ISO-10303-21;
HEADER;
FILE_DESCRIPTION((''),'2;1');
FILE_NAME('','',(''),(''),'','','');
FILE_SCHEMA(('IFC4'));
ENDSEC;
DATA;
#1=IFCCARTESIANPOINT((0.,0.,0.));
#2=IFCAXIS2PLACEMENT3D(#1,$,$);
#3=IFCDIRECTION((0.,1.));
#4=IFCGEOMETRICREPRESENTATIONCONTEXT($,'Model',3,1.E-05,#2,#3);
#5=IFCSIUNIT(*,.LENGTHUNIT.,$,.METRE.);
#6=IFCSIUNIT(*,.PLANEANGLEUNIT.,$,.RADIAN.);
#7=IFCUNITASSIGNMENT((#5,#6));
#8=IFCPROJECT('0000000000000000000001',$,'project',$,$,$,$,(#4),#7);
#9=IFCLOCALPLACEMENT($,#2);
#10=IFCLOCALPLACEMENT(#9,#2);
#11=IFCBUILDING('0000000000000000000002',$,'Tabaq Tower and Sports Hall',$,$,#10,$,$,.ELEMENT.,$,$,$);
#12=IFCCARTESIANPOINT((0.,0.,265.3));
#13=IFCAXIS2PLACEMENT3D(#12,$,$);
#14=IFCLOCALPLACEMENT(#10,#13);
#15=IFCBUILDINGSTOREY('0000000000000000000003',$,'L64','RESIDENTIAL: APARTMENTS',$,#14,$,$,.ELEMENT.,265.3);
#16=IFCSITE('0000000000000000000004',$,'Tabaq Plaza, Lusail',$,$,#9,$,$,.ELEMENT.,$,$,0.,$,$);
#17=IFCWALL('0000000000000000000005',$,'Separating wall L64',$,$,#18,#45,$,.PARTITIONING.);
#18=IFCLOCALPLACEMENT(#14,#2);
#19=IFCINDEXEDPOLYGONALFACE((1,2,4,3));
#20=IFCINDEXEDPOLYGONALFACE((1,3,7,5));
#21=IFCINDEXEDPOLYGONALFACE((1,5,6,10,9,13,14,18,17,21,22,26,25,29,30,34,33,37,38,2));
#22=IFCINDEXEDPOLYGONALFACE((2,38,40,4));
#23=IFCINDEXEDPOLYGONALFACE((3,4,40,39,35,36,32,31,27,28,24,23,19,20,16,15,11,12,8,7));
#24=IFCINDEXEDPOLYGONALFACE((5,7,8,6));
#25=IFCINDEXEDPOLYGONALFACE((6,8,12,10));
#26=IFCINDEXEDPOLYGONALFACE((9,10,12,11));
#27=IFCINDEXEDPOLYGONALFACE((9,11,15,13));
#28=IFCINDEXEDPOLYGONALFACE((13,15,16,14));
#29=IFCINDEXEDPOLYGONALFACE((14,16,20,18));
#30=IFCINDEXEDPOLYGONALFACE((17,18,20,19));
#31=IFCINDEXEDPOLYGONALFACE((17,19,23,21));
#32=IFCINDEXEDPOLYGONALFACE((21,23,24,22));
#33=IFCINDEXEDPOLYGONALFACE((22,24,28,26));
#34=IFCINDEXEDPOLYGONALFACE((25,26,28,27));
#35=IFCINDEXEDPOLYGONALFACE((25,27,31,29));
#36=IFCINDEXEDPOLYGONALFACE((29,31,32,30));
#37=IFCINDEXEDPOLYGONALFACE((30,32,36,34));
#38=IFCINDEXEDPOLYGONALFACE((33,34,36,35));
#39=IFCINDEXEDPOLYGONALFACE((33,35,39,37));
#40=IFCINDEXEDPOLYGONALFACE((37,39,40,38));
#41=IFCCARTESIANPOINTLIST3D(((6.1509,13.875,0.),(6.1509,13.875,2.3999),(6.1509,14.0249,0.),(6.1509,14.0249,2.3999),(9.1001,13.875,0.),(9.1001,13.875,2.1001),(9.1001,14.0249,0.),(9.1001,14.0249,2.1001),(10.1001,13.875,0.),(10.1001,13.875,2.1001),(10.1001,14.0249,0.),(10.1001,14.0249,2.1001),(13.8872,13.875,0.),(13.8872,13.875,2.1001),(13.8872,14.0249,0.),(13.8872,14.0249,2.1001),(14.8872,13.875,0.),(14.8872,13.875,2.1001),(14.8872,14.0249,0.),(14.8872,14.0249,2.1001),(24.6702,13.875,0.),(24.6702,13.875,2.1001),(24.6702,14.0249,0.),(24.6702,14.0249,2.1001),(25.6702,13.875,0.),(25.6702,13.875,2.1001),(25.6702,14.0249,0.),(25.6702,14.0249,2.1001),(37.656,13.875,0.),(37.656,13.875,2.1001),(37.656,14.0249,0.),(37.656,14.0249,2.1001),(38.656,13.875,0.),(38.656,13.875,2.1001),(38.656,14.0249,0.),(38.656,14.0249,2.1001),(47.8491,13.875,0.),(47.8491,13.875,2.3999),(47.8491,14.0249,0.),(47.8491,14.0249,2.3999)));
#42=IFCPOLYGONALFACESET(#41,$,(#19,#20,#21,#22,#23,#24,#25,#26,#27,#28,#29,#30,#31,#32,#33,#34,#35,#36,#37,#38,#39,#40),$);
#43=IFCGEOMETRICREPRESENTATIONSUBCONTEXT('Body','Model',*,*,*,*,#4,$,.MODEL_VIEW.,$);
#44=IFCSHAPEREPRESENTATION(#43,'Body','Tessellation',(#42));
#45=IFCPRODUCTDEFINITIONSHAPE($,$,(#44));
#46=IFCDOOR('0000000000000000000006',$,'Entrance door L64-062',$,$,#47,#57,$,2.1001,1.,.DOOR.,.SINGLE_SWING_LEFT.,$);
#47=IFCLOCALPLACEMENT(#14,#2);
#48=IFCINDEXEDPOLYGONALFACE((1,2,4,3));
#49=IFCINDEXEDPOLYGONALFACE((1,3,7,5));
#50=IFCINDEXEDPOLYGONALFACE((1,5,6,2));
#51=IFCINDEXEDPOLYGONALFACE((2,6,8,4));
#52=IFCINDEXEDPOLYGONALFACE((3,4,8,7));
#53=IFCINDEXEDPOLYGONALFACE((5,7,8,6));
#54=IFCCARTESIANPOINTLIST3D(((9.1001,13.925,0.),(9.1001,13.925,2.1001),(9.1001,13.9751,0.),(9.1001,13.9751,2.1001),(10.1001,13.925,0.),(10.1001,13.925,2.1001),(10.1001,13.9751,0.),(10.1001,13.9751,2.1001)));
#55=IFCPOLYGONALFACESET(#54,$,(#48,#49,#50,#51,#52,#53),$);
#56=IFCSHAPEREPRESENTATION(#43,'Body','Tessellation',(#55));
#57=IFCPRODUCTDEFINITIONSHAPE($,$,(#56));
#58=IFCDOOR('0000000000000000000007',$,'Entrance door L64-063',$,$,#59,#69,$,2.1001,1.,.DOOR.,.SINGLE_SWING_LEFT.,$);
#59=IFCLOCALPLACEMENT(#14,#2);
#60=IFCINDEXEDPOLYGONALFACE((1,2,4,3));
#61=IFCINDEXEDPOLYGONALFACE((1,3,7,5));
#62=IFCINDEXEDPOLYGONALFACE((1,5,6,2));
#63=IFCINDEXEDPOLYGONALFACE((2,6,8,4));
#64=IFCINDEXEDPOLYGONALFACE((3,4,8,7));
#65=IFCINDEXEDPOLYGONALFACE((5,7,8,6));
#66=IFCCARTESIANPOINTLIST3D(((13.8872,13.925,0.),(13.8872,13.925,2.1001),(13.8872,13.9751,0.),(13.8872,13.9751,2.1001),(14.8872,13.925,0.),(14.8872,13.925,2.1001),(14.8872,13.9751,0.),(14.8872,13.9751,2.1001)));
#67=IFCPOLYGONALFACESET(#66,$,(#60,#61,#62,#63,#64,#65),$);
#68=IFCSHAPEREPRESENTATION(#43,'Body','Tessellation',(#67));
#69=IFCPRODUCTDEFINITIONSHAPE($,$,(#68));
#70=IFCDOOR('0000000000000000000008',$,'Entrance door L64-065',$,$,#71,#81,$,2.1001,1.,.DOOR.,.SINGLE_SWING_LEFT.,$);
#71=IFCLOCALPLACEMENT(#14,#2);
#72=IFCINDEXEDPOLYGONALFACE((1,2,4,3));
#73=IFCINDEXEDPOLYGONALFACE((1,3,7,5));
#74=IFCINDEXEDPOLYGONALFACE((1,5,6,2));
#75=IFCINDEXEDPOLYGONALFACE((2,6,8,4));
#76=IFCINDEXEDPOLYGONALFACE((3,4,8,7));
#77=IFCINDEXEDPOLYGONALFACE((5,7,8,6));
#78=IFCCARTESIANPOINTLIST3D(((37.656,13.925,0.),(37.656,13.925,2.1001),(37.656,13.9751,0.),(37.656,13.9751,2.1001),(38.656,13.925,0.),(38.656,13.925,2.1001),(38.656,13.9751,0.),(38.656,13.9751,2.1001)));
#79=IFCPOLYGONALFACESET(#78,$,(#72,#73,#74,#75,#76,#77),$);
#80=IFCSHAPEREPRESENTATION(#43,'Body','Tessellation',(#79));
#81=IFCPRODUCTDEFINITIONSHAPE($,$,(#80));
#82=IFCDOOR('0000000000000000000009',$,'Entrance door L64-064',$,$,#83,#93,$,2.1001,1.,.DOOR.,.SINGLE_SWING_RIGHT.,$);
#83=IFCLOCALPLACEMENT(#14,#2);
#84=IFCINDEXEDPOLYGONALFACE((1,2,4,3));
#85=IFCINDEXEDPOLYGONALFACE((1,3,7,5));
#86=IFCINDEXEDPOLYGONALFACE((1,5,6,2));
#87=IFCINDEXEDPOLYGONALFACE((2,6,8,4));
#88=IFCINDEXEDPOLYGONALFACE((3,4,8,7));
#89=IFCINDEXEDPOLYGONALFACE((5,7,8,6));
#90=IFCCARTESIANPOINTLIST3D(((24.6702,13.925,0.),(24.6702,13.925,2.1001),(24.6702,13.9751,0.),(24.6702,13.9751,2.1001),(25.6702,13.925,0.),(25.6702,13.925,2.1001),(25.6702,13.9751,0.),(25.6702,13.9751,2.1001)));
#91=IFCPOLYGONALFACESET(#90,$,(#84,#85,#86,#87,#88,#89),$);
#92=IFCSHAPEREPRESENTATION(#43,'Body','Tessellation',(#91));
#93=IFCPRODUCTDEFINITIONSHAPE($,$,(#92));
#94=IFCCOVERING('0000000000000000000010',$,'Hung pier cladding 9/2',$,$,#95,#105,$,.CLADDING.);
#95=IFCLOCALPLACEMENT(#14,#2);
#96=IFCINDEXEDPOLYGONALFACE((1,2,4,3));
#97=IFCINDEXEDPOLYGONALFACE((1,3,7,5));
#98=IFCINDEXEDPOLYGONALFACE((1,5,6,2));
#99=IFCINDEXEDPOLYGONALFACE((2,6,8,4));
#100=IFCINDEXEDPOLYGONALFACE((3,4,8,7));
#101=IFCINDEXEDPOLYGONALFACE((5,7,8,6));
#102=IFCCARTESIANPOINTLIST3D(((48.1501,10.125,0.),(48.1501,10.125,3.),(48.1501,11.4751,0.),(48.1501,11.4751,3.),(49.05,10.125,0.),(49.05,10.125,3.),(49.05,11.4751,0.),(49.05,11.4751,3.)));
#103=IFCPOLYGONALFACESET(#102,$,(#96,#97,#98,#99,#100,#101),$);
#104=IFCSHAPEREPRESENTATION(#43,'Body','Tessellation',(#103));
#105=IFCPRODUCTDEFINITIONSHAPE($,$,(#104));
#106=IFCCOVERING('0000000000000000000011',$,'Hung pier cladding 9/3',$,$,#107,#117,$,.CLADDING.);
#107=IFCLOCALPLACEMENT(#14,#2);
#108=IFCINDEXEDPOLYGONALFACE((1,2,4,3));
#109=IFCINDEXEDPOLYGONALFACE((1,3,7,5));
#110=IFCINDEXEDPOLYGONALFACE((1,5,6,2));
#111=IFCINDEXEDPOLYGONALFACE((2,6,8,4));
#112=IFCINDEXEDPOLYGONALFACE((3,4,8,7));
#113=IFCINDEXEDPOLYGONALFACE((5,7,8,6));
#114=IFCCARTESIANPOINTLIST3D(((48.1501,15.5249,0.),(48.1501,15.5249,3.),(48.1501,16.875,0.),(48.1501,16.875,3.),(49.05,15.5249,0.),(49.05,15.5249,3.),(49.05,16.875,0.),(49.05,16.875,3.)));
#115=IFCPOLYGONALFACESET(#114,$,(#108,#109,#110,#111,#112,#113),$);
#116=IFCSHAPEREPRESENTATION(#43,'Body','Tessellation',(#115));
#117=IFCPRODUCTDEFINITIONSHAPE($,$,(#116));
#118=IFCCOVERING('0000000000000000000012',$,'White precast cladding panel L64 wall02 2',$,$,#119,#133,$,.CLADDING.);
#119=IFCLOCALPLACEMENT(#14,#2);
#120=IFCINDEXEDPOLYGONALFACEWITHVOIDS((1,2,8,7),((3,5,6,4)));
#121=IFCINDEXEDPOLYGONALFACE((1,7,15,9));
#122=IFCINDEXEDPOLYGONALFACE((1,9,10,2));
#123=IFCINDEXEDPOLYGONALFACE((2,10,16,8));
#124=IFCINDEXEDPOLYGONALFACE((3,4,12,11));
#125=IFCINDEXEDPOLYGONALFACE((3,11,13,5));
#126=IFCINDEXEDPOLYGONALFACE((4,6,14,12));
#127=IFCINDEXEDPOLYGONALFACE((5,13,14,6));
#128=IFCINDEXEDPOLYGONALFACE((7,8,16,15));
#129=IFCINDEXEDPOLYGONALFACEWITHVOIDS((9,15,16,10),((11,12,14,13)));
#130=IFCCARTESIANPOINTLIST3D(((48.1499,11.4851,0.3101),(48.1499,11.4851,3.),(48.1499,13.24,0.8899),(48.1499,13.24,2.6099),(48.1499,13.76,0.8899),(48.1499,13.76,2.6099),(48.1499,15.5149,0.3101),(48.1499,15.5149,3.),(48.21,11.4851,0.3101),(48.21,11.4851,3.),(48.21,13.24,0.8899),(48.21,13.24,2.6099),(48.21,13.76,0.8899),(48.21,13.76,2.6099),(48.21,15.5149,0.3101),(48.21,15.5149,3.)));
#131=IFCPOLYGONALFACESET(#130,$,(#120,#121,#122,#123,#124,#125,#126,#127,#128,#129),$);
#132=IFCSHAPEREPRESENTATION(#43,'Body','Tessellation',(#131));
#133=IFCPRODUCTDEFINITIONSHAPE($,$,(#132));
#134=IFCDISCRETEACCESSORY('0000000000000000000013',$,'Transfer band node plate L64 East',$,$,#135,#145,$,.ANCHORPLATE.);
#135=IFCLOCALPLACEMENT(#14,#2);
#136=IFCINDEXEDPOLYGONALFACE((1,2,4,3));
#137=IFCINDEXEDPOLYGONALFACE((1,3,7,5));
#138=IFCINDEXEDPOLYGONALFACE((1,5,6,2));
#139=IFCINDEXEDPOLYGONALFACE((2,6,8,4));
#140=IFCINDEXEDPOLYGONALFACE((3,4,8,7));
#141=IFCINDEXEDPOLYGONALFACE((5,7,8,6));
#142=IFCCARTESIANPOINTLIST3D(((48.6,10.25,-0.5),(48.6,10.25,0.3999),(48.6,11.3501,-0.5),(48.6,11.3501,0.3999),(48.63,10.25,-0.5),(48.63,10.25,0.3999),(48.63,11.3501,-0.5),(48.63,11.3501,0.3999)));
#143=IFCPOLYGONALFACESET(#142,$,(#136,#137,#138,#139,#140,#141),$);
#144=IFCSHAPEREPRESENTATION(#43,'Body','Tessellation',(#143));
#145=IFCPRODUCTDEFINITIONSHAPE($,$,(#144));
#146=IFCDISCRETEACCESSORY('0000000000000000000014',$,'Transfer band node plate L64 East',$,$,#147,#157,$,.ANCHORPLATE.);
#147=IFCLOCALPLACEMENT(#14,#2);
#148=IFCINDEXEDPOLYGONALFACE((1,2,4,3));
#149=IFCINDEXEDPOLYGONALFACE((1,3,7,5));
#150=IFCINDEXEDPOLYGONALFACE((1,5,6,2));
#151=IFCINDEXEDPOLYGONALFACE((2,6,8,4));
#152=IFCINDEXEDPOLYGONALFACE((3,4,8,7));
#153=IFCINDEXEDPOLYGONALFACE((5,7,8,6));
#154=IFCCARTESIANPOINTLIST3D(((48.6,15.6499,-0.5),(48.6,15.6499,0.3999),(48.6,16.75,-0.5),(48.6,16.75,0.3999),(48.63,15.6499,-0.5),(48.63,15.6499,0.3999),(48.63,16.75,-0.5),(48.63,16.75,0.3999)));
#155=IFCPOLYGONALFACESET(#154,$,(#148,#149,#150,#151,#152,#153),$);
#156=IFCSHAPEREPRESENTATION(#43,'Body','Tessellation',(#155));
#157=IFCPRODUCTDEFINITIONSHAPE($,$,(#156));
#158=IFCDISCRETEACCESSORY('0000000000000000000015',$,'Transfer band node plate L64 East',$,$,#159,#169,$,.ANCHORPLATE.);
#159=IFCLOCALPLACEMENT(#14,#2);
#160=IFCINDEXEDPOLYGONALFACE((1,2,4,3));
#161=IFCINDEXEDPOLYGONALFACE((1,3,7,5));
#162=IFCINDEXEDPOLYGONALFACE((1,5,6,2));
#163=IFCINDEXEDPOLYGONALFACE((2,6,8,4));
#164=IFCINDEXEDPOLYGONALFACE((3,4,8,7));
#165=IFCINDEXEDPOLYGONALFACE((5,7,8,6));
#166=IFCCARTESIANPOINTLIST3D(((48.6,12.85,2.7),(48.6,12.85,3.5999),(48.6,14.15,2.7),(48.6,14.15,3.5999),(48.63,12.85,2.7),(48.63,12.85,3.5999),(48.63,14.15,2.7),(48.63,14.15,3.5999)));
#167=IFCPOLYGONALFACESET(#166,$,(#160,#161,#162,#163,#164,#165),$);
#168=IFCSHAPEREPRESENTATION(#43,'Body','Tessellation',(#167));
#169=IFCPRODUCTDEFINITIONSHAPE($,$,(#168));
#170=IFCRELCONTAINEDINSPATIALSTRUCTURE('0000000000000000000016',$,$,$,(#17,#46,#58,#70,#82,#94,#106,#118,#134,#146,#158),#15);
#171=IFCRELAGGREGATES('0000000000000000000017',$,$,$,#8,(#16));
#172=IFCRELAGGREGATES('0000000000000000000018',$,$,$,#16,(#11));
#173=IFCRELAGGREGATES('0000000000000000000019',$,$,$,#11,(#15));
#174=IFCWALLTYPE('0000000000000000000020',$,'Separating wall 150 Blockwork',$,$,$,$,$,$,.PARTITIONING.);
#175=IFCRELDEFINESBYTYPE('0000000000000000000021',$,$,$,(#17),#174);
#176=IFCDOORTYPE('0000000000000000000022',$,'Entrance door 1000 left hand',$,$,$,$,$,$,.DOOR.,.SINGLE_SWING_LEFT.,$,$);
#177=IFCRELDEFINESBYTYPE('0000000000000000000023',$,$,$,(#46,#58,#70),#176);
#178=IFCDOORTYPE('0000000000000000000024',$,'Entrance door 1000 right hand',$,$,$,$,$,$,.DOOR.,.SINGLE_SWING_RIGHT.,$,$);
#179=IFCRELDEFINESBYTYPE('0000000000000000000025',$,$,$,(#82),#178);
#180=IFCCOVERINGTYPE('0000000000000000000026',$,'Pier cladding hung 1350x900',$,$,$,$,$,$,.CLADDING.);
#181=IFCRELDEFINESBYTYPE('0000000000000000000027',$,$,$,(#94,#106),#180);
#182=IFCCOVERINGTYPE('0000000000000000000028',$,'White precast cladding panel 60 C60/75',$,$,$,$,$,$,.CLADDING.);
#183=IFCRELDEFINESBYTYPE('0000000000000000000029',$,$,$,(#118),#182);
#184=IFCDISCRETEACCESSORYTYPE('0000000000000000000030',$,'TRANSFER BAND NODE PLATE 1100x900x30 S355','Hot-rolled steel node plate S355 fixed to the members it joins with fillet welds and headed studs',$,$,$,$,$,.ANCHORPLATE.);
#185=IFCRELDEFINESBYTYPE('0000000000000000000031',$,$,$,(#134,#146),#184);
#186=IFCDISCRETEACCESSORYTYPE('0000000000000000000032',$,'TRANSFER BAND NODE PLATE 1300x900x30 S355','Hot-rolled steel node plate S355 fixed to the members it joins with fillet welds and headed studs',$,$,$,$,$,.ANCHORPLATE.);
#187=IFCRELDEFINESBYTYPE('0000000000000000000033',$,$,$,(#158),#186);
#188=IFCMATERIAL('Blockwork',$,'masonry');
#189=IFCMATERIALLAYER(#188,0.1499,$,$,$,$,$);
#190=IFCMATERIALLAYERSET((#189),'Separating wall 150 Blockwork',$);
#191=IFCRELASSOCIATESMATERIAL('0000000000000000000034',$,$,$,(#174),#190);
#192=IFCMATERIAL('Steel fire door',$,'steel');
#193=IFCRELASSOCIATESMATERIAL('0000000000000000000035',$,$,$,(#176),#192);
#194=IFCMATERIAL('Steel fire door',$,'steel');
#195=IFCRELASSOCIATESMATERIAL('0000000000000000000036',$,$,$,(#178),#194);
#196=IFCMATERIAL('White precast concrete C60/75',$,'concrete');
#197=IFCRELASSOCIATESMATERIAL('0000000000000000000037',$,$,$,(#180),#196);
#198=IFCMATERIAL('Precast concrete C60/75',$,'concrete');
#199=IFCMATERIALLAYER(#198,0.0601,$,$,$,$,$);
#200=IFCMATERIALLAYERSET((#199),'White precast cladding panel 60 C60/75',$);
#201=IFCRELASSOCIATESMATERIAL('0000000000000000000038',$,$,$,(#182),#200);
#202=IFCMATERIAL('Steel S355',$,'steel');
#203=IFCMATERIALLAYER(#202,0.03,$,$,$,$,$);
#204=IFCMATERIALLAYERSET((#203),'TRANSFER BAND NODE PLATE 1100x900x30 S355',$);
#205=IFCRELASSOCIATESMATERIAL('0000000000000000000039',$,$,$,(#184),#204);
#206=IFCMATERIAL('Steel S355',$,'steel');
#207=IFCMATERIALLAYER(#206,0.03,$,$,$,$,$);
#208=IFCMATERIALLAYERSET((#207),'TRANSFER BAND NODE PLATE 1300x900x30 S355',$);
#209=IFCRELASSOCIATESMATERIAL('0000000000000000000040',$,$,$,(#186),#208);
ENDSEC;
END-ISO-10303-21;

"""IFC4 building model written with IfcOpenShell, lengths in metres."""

from ifc_helpers import new_model, si_unit, direction, frame, frame_2d, origin, origin_2d, place, context, subcontext, project, spatial, polyline, rectangle, outline, extrude, material, layer, layer_set, type_object, element, fill, save


model = new_model("IFC4")

# Units and contexts
model_context = context("Model", 3, precision=1e-05, world=origin(), true_north=direction((0.0, 1.0)))
body_context = subcontext(model_context, "Body", "Model", "MODEL_VIEW")
ifc_project = project(units=[si_unit("LENGTHUNIT", "METRE"), si_unit("PLANEANGLEUNIT", "RADIAN")], contexts=[model_context])

# Site, building, storey
site_placement = place(None, origin())
site = spatial("IfcSite", under=ifc_project, at=site_placement, Name="Tabaq Plaza, Lusail", CompositionType="ELEMENT", RefElevation=0.0)
building_placement = place(site_placement, origin())
building = spatial("IfcBuilding", under=site, at=building_placement, Name="Tabaq Tower and Sports Hall", CompositionType="ELEMENT")
storey_placement = place(building_placement, frame((0.0, 0.0, 265.3)))
storey = spatial("IfcBuildingStorey", under=building, at=storey_placement, Name="L64", Description="RESIDENTIAL: APARTMENTS", CompositionType="ELEMENT", Elevation=265.3)

# Wall, openings, doors
ifc_material_1 = material(Name="Blockwork", Category="masonry")
ifc_layer_1 = layer(ifc_material_1, 0.1499)
ifc_layer_set_1 = layer_set([ifc_layer_1], Name="Separating wall 150 Blockwork")
wall_type_1 = type_object("IfcWallType", Name="Separating wall 150 Blockwork", PredefinedType="PARTITIONING", material=ifc_layer_set_1)
wall_1_placement = place(storey_placement, frame((47.8491, 13.95, 0.0), z_axis=(0.0, 0.0, 1.0), x_axis=(-1.0, 0.0, 0.0)))
wall_1 = element("IfcWall", 1, at=wall_1_placement, inside=storey, type_object=wall_type_1, Name="Separating wall L64", PredefinedType="PARTITIONING", context=body_context, shape_type="SweptSolid", body=[
    extrude(rectangle(XDim=41.6982, YDim=0.1499, at=frame_2d((20.8491, 0.0))), origin(), (0.0, 0.0, 1.0), 2.3999),
])
opening_1_placement = place(wall_1_placement, frame((37.749, 0.0, 0.0)))
opening_1 = element("IfcOpeningElement", 2, at=opening_1_placement, cuts=wall_1, PredefinedType="OPENING", context=body_context, shape_type="SweptSolid", body=[
    extrude(rectangle(XDim=1.0, YDim=2.1001, at=frame_2d((0.5, 1.05))), frame((0.0, 0.075, 0.0), z_axis=(0.0, -1.0, 0.0), x_axis=(1.0, 0.0, 0.0)), (0.0, 0.0, 1.0), 0.1499),
])
opening_2_placement = place(wall_1_placement, frame((32.9619, 0.0, 0.0)))
opening_2 = element("IfcOpeningElement", 3, at=opening_2_placement, cuts=wall_1, PredefinedType="OPENING", context=body_context, shape_type="SweptSolid", body=[
    extrude(rectangle(XDim=1.0, YDim=2.1001, at=frame_2d((0.5, 1.05))), frame((0.0, 0.075, 0.0), z_axis=(0.0, -1.0, 0.0), x_axis=(1.0, 0.0, 0.0)), (0.0, 0.0, 1.0), 0.1499),
])
opening_3_placement = place(wall_1_placement, frame((22.179, 0.0, 0.0)))
opening_3 = element("IfcOpeningElement", 4, at=opening_3_placement, cuts=wall_1, PredefinedType="OPENING", context=body_context, shape_type="SweptSolid", body=[
    extrude(rectangle(XDim=1.0, YDim=2.1001, at=frame_2d((0.5, 1.05))), frame((0.0, 0.075, 0.0), z_axis=(0.0, -1.0, 0.0), x_axis=(1.0, 0.0, 0.0)), (0.0, 0.0, 1.0), 0.1499),
])
opening_4_placement = place(wall_1_placement, frame((9.1931, 0.0, 0.0)))
opening_4 = element("IfcOpeningElement", 5, at=opening_4_placement, cuts=wall_1, PredefinedType="OPENING", context=body_context, shape_type="SweptSolid", body=[
    extrude(rectangle(XDim=1.0, YDim=2.1001, at=frame_2d((0.5, 1.05))), frame((0.0, 0.075, 0.0), z_axis=(0.0, -1.0, 0.0), x_axis=(1.0, 0.0, 0.0)), (0.0, 0.0, 1.0), 0.1499),
])
ifc_material_2 = material(Name="Steel fire door", Category="steel")
door_type_1 = type_object("IfcDoorType", Name="Entrance door 1000 left hand", OperationType="SINGLE_SWING_LEFT", PredefinedType="DOOR", material=ifc_material_2)
door_1_placement = place(opening_1_placement, origin())
door_1 = element("IfcDoor", 6, at=door_1_placement, inside=storey, type_object=door_type_1, Name="Entrance door L64-062", OperationType="SINGLE_SWING_LEFT", OverallHeight=2.1001, OverallWidth=1.0, PredefinedType="DOOR", context=body_context, shape_type="SweptSolid", body=[
    extrude(rectangle(XDim=1.0, YDim=2.1001, at=frame_2d((0.5, 1.05))), frame((0.0, 0.0249, 0.0), z_axis=(0.0, -1.0, 0.0), x_axis=(1.0, 0.0, 0.0)), (0.0, 0.0, 1.0), 0.05),
])
fill(opening_1, door_1)
door_2_placement = place(opening_2_placement, origin())
door_2 = element("IfcDoor", 7, at=door_2_placement, inside=storey, type_object=door_type_1, Name="Entrance door L64-063", OperationType="SINGLE_SWING_LEFT", OverallHeight=2.1001, OverallWidth=1.0, PredefinedType="DOOR", context=body_context, shape_type="SweptSolid", body=[
    extrude(rectangle(XDim=1.0, YDim=2.1001, at=frame_2d((0.5, 1.05))), frame((0.0, 0.0249, 0.0), z_axis=(0.0, -1.0, 0.0), x_axis=(1.0, 0.0, 0.0)), (0.0, 0.0, 1.0), 0.05),
])
fill(opening_2, door_2)
door_3_placement = place(opening_4_placement, origin())
door_3 = element("IfcDoor", 8, at=door_3_placement, inside=storey, type_object=door_type_1, Name="Entrance door L64-065", OperationType="SINGLE_SWING_LEFT", OverallHeight=2.1001, OverallWidth=1.0, PredefinedType="DOOR", context=body_context, shape_type="SweptSolid", body=[
    extrude(rectangle(XDim=1.0, YDim=2.1001, at=frame_2d((0.5, 1.05))), frame((0.0, 0.0249, 0.0), z_axis=(0.0, -1.0, 0.0), x_axis=(1.0, 0.0, 0.0)), (0.0, 0.0, 1.0), 0.05),
])
fill(opening_4, door_3)
ifc_material_3 = material(Name="Steel fire door", Category="steel")
door_type_2 = type_object("IfcDoorType", Name="Entrance door 1000 right hand", OperationType="SINGLE_SWING_RIGHT", PredefinedType="DOOR", material=ifc_material_3)
door_4_placement = place(opening_3_placement, origin())
door_4 = element("IfcDoor", 9, at=door_4_placement, inside=storey, type_object=door_type_2, Name="Entrance door L64-064", OperationType="SINGLE_SWING_RIGHT", OverallHeight=2.1001, OverallWidth=1.0, PredefinedType="DOOR", context=body_context, shape_type="SweptSolid", body=[
    extrude(rectangle(XDim=1.0, YDim=2.1001, at=frame_2d((0.5, 1.05))), frame((0.0, 0.0249, 0.0), z_axis=(0.0, -1.0, 0.0), x_axis=(1.0, 0.0, 0.0)), (0.0, 0.0, 1.0), 0.05),
])
fill(opening_3, door_4)

# Coverings
ifc_material_4 = material(Name="White precast concrete C60/75", Category="concrete")
covering_type_1 = type_object("IfcCoveringType", Name="Pier cladding hung 1350x900", PredefinedType="CLADDING", material=ifc_material_4)
for number, where, z_axis, x_axis, name in (
    (10, (48.6001, 10.125, 0.0), (0.0, 0.0, 1.0), (0.0, 1.0, 0.0), "Hung pier cladding 9/2"),
    (11, (48.6001, 15.5249, 0.0), (0.0, 0.0, 1.0), (0.0, 1.0, 0.0), "Hung pier cladding 9/3"),
):
    element("IfcCovering", number, at=place(storey_placement, frame(where, z_axis=z_axis, x_axis=x_axis)), inside=storey, type_object=covering_type_1, Name=name, PredefinedType="CLADDING", context=body_context, shape_type="SweptSolid", body=[
        extrude(rectangle(XDim=1.3501, YDim=0.8999, at=frame_2d((0.675, 0.0))), origin(), (0.0, 0.0, 1.0), 3.0),
    ])
ifc_material_5 = material(Name="Precast concrete C60/75", Category="concrete")
ifc_layer_2 = layer(ifc_material_5, 0.0601)
ifc_layer_set_2 = layer_set([ifc_layer_2], Name="White precast cladding panel 60 C60/75")
covering_type_2 = type_object("IfcCoveringType", Name="White precast cladding panel 60 C60/75", PredefinedType="CLADDING", material=ifc_layer_set_2)
covering_placement = place(storey_placement, frame((48.1799, 11.4851, 0.3101), z_axis=(0.0, 0.0, 1.0), x_axis=(0.0, 1.0, 0.0)))
element("IfcCovering", 12, at=covering_placement, inside=storey, type_object=covering_type_2, Name="White precast cladding panel L64 wall02 2", PredefinedType="CLADDING", context=body_context, shape_type="SweptSolid", body=[
    extrude(outline(polyline([(0.0, 0.0), (4.0298, 0.0), (4.0298, 2.6899), (0.0, 2.6899), (0.0, 0.0)]), holes=[polyline([(1.7549, 0.5798), (1.7549, 2.2998), (2.2749, 2.2998), (2.2749, 0.5798), (1.7549, 0.5798)])]), frame((0.0, 0.03, 0.0), z_axis=(0.0, -1.0, 0.0), x_axis=(1.0, 0.0, 0.0)), (0.0, 0.0, 1.0), 0.0601),
])

# Discrete accessories
ifc_material_6 = material(Name="Steel S355", Category="steel")
ifc_layer_3 = layer(ifc_material_6, 0.03)
ifc_layer_set_3 = layer_set([ifc_layer_3], Name="TRANSFER BAND NODE PLATE 1100x900x30 S355")
discrete_accessory_type_1 = type_object("IfcDiscreteAccessoryType", Name="TRANSFER BAND NODE PLATE 1100x900x30 S355", Description="Hot-rolled steel node plate S355 fixed to the members it joins with fillet welds and headed studs", PredefinedType="ANCHORPLATE", material=ifc_layer_set_3)
for number, where, z_axis, x_axis, name in (
    (13, (48.615, 10.8, -0.5), (0.0, 0.0, 1.0), (0.0, 1.0, 0.0), "Transfer band node plate L64 East"),
    (14, (48.615, 16.2, -0.5), (0.0, 0.0, 1.0), (0.0, 1.0, 0.0), "Transfer band node plate L64 East"),
):
    element("IfcDiscreteAccessory", number, at=place(storey_placement, frame(where, z_axis=z_axis, x_axis=x_axis)), inside=storey, type_object=discrete_accessory_type_1, Name=name, PredefinedType="ANCHORPLATE", context=body_context, shape_type="SweptSolid", body=[
        extrude(rectangle(XDim=1.1001, YDim=0.03, at=origin_2d()), origin(), (0.0, 0.0, 1.0), 0.8999),
    ])
ifc_material_7 = material(Name="Steel S355", Category="steel")
ifc_layer_4 = layer(ifc_material_7, 0.03)
ifc_layer_set_4 = layer_set([ifc_layer_4], Name="TRANSFER BAND NODE PLATE 1300x900x30 S355")
discrete_accessory_type_2 = type_object("IfcDiscreteAccessoryType", Name="TRANSFER BAND NODE PLATE 1300x900x30 S355", Description="Hot-rolled steel node plate S355 fixed to the members it joins with fillet welds and headed studs", PredefinedType="ANCHORPLATE", material=ifc_layer_set_4)
discrete_accessory_placement = place(storey_placement, frame((48.615, 13.5, 2.7), z_axis=(0.0, 0.0, 1.0), x_axis=(0.0, 1.0, 0.0)))
element("IfcDiscreteAccessory", 15, at=discrete_accessory_placement, inside=storey, type_object=discrete_accessory_type_2, Name="Transfer band node plate L64 East", PredefinedType="ANCHORPLATE", context=body_context, shape_type="SweptSolid", body=[
    extrude(rectangle(XDim=1.3, YDim=0.03, at=origin_2d()), origin(), (0.0, 0.0, 1.0), 0.8999),
])

save(model, "model.ifc")
